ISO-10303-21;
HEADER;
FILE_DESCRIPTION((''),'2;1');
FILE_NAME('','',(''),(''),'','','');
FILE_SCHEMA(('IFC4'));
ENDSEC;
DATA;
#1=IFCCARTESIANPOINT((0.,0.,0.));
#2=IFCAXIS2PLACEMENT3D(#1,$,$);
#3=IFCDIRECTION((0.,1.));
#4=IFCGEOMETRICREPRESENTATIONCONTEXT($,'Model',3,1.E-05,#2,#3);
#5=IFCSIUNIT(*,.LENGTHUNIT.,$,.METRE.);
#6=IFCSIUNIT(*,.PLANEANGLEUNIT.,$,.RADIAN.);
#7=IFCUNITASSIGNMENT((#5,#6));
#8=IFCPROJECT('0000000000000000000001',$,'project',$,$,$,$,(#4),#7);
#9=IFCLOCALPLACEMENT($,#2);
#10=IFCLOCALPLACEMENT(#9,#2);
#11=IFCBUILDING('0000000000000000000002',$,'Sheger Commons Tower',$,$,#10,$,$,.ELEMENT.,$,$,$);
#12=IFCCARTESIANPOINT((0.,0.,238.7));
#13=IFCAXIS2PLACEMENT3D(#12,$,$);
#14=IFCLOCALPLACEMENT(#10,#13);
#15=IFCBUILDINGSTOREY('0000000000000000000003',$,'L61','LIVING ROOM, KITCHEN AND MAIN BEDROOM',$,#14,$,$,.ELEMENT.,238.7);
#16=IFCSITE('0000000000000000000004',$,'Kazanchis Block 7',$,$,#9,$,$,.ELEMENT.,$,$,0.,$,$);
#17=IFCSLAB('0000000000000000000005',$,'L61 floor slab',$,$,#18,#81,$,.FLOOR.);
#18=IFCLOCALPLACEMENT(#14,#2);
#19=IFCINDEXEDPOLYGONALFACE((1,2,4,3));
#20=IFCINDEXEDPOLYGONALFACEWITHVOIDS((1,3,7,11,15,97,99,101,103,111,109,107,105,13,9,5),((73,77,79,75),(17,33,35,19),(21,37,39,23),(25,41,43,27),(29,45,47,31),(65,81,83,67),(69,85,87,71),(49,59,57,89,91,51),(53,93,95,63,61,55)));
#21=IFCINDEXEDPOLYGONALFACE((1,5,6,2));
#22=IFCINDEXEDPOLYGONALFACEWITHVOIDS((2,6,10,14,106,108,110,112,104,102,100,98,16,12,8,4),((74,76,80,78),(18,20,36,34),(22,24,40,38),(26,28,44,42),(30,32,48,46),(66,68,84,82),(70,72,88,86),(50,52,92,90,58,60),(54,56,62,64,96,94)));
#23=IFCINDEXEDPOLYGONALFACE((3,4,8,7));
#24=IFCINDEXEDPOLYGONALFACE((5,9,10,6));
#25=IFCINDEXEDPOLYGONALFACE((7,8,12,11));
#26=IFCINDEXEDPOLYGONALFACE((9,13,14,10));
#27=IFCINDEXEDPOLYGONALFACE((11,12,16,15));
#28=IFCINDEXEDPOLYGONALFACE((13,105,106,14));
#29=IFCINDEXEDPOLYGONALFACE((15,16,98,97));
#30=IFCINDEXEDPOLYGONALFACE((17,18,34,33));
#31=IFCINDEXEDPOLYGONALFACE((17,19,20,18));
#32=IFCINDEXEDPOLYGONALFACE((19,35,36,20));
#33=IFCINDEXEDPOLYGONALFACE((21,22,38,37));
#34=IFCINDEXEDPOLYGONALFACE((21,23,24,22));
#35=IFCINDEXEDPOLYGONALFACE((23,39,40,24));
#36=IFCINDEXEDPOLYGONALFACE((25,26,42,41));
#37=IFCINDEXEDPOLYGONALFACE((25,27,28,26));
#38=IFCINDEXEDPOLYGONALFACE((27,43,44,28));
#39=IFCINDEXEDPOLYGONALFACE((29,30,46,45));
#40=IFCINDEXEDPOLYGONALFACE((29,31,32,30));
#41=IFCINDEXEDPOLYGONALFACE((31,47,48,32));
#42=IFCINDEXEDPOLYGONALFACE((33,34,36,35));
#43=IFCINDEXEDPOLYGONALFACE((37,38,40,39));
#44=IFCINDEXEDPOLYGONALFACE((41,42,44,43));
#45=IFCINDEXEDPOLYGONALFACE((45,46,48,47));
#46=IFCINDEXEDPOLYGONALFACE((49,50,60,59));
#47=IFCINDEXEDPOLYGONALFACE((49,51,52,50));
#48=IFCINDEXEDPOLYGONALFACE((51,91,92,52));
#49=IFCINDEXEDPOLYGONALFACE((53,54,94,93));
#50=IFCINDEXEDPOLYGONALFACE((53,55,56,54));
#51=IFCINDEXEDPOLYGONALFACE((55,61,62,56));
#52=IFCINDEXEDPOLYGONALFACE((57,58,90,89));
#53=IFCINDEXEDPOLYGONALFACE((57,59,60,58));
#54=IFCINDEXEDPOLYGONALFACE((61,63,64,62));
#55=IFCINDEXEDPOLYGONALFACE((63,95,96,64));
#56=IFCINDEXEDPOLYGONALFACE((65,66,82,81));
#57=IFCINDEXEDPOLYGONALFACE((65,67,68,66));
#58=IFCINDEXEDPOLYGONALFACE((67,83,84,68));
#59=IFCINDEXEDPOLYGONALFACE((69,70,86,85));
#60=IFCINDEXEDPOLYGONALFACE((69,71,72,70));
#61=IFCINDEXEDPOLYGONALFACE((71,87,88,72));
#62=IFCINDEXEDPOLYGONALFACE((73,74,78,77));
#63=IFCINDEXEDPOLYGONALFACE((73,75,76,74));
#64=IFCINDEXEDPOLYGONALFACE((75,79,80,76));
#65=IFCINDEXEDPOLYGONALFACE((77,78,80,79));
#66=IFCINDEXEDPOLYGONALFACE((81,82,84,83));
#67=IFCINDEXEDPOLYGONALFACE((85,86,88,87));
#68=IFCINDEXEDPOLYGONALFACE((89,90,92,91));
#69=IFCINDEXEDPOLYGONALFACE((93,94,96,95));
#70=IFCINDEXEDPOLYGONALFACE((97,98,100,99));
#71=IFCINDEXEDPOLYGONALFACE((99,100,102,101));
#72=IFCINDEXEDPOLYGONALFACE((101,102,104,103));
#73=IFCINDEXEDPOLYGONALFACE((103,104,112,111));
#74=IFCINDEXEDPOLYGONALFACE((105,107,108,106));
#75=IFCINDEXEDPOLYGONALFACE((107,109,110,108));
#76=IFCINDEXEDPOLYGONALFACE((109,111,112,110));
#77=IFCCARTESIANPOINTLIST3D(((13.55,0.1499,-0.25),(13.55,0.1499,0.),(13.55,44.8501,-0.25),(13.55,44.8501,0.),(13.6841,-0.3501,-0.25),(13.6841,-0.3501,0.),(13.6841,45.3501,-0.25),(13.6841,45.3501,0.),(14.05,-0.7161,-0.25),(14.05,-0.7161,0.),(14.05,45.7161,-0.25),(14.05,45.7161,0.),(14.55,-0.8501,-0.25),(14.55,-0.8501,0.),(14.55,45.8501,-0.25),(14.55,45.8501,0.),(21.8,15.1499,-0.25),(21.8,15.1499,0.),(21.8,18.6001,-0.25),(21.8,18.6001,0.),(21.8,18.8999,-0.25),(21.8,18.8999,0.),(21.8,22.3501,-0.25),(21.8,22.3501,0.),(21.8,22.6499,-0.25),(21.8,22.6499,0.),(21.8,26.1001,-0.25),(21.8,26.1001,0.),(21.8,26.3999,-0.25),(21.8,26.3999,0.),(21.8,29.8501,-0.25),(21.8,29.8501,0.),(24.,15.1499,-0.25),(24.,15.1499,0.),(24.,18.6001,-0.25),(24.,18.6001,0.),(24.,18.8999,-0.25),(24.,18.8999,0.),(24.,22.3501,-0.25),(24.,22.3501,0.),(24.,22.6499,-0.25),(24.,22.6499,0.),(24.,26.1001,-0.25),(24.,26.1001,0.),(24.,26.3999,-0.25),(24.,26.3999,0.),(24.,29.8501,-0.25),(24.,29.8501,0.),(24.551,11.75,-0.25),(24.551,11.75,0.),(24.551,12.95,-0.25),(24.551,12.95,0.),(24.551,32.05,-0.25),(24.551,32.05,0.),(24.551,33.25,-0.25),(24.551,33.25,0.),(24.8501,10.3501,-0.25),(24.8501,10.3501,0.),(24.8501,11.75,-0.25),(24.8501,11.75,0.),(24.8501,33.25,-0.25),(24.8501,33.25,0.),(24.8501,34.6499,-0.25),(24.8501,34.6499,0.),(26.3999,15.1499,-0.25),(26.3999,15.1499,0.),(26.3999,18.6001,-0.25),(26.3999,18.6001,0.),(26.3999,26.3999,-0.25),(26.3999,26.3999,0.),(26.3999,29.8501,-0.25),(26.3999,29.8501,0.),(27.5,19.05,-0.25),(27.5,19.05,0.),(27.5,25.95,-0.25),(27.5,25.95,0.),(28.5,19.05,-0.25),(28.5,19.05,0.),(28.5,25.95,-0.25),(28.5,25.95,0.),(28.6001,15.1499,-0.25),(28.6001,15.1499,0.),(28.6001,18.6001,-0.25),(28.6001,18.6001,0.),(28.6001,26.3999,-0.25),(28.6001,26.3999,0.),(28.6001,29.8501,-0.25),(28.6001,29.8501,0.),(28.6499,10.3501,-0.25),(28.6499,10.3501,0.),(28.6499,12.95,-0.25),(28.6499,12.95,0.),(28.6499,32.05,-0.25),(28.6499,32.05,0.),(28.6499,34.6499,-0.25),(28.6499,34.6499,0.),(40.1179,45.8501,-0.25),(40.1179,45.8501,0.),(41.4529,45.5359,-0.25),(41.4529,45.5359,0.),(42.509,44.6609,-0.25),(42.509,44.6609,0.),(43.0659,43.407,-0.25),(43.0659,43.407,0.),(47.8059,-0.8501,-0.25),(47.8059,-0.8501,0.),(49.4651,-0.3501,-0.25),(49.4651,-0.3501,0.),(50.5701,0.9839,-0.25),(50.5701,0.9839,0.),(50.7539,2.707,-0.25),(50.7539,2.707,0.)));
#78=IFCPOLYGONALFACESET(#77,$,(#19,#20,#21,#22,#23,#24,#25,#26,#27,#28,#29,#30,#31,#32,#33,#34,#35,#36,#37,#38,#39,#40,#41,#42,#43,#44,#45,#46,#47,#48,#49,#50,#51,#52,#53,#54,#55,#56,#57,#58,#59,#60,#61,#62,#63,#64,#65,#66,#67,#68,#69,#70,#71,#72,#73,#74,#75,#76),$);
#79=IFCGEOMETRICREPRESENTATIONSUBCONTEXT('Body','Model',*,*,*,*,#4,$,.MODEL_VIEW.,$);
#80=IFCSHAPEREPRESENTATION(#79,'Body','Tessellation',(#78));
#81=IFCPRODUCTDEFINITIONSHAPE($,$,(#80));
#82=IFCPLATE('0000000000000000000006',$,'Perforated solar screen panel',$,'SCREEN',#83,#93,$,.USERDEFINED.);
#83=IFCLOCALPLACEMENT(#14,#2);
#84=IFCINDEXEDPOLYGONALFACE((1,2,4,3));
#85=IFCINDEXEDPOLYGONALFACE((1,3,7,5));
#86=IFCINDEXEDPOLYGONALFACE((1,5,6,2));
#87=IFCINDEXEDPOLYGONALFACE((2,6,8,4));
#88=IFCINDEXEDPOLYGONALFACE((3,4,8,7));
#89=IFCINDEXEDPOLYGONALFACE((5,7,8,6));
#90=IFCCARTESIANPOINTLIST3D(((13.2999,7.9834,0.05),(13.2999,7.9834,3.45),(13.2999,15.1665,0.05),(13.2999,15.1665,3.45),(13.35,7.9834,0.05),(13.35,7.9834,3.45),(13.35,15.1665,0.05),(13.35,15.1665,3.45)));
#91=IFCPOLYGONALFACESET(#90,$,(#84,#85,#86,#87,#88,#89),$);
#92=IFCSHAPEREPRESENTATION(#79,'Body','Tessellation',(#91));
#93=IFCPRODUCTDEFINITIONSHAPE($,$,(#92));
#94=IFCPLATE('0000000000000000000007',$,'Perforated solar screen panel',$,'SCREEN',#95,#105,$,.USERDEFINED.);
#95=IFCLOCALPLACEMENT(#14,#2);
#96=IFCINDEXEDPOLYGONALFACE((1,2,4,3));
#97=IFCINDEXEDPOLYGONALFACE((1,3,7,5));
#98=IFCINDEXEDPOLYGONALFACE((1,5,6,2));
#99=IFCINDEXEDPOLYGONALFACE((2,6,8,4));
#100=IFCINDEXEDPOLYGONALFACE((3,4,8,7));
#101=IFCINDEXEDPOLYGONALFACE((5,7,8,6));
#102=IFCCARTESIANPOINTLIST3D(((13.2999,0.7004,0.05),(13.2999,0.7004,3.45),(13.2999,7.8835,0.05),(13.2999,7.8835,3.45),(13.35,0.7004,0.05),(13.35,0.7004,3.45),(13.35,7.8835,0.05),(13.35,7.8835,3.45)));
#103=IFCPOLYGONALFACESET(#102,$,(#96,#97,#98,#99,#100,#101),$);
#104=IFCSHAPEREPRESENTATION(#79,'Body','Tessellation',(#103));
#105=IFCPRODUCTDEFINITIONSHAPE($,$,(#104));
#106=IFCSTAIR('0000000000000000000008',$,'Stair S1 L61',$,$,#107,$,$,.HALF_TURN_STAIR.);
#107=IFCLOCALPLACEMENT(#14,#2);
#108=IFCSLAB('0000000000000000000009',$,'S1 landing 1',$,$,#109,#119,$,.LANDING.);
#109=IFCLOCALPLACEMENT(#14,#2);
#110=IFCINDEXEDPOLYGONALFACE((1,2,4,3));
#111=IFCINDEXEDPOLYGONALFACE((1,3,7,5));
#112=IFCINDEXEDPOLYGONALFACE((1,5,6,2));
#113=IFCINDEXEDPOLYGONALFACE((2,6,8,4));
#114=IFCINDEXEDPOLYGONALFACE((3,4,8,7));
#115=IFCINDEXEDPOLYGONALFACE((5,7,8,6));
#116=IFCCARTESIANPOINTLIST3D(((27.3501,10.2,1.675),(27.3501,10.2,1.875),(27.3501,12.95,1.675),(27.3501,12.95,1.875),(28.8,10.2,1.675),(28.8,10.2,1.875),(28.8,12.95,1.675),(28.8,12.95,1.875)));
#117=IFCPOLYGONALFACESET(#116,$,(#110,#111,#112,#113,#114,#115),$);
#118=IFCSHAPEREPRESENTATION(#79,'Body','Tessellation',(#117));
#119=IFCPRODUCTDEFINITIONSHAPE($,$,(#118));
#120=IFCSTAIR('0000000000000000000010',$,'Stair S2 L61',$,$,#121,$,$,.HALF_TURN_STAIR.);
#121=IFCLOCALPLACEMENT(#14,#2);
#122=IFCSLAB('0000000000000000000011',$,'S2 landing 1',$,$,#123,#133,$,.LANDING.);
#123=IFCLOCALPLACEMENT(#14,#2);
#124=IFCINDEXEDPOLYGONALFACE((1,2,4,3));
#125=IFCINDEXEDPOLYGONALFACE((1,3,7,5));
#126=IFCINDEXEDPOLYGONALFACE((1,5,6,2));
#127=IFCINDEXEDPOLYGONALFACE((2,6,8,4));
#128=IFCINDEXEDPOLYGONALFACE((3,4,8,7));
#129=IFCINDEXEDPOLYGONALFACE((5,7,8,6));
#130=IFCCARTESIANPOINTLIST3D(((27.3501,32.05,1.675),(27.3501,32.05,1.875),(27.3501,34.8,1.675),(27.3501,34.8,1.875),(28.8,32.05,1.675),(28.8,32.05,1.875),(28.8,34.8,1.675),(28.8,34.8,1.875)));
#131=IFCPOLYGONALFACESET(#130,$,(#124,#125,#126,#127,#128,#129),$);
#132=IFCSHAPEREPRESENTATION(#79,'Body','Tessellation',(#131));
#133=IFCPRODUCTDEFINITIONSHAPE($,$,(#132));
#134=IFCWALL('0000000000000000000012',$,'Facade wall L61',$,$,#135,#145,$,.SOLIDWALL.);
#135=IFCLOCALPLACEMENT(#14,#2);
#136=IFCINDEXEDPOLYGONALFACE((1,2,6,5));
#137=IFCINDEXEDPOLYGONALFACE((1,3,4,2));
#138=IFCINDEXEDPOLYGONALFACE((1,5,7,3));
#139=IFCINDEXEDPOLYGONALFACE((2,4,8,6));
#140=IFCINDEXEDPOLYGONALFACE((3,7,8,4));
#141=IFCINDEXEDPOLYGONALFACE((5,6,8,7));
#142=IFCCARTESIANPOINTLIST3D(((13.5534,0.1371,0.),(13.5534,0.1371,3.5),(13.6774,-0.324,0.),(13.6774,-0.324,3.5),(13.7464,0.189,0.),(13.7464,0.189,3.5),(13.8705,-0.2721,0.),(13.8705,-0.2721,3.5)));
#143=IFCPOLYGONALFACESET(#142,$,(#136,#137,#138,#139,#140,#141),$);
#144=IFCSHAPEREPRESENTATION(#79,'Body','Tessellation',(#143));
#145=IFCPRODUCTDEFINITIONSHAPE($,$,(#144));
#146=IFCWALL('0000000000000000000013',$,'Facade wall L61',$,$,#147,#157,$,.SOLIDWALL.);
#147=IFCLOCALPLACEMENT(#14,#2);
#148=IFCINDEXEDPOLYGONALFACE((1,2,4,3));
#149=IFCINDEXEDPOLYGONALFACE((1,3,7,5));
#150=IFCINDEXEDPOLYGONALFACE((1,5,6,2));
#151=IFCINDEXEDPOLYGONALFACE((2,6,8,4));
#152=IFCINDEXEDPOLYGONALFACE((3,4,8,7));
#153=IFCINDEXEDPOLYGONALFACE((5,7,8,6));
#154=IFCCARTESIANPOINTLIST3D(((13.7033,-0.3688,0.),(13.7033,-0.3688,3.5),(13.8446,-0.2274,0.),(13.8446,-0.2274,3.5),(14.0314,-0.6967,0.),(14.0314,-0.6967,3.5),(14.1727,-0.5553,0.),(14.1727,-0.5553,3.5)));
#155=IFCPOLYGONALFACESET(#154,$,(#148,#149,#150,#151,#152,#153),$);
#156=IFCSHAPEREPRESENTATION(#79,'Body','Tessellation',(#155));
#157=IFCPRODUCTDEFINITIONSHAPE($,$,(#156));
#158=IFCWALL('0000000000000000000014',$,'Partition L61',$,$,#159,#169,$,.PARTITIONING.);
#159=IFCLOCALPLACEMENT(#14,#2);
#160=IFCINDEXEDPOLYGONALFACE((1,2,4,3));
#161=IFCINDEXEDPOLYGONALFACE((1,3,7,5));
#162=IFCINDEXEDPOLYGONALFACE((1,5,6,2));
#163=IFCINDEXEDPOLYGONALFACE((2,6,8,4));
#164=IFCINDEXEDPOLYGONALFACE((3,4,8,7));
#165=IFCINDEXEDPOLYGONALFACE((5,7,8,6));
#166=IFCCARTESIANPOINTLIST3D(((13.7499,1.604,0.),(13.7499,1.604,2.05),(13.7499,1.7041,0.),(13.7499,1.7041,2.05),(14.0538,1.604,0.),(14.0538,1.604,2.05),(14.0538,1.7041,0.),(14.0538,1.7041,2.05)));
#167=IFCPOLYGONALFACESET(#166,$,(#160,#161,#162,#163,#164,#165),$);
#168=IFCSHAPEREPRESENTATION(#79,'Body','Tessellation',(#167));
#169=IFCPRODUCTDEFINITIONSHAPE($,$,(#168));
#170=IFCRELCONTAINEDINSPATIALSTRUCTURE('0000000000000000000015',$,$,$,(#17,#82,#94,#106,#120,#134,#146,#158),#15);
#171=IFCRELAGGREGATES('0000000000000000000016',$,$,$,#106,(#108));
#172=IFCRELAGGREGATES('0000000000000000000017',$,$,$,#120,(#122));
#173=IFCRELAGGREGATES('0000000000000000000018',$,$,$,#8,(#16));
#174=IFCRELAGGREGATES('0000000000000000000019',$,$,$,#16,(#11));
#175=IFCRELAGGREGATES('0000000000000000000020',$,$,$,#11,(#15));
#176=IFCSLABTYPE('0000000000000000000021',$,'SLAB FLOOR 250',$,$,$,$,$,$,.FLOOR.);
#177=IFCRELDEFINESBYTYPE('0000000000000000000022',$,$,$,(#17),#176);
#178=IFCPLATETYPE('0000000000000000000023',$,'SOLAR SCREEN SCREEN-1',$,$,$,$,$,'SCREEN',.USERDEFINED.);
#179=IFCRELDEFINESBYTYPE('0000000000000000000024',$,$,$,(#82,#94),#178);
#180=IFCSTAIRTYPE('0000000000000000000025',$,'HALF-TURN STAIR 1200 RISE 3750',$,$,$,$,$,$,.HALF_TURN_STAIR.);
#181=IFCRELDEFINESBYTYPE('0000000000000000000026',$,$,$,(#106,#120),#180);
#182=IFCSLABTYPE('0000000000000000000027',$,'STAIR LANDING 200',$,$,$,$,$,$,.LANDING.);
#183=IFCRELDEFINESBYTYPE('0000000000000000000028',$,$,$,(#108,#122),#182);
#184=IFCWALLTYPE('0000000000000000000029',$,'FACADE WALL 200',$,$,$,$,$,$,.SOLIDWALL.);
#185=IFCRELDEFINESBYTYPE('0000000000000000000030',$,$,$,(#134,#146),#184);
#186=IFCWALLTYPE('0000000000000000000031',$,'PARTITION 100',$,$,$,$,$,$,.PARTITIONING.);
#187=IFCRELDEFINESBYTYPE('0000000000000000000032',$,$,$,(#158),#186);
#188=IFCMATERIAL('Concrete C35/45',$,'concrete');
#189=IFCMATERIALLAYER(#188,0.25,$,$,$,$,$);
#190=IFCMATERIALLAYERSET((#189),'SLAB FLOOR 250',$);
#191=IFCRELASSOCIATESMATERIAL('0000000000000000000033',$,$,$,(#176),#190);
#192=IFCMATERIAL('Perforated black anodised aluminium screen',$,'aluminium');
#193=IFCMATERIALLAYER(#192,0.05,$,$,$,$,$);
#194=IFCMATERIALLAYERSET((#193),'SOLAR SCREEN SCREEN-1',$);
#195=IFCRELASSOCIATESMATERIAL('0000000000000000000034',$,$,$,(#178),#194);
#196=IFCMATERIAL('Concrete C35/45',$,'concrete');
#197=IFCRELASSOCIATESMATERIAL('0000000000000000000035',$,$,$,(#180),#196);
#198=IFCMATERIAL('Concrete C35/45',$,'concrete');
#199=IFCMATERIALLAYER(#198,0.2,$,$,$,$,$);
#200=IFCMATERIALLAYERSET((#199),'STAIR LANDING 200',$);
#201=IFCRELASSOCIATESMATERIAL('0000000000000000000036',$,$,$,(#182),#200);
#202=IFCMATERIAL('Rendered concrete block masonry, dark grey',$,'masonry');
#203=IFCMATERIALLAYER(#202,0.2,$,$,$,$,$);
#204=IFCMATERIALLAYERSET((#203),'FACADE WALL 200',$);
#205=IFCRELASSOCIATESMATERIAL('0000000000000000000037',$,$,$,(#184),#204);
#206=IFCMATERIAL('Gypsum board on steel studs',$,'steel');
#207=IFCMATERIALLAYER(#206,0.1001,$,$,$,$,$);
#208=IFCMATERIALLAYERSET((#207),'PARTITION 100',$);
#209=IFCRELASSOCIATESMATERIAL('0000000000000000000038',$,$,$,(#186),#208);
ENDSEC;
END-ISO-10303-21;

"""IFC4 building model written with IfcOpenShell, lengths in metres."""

from ifc_helpers import new_model, si_unit, direction, frame, frame_2d, origin, origin_2d, place, context, subcontext, project, spatial, polyline, rectangle, outline, extrude, material, layer, layer_set, type_object, element, aggregate, save


model = new_model("IFC4")

# Units and contexts
model_context = context("Model", 3, precision=1e-05, world=origin(), true_north=direction((0.0, 1.0)))
body_context = subcontext(model_context, "Body", "Model", "MODEL_VIEW")
ifc_project = project(units=[si_unit("LENGTHUNIT", "METRE"), si_unit("PLANEANGLEUNIT", "RADIAN")], contexts=[model_context])

# Site, building, storey
site_placement = place(None, origin())
site = spatial("IfcSite", under=ifc_project, at=site_placement, Name="Kazanchis Block 7", CompositionType="ELEMENT", RefElevation=0.0)
building_placement = place(site_placement, origin())
building = spatial("IfcBuilding", under=site, at=building_placement, Name="Sheger Commons Tower", CompositionType="ELEMENT")
storey_placement = place(building_placement, frame((0.0, 0.0, 238.7)))
storey = spatial("IfcBuildingStorey", under=building, at=storey_placement, Name="L61", Description="LIVING ROOM, KITCHEN AND MAIN BEDROOM", CompositionType="ELEMENT", Elevation=238.7)

# Slab
ifc_material_1 = material(Name="Concrete C35/45", Category="concrete")
ifc_layer_1 = layer(ifc_material_1, 0.25)
ifc_layer_set_1 = layer_set([ifc_layer_1], Name="SLAB FLOOR 250")
slab_type_1 = type_object("IfcSlabType", Name="SLAB FLOOR 250", PredefinedType="FLOOR", material=ifc_layer_set_1)
slab_1_placement = place(storey_placement, frame((0.0, 0.0, -0.25)))
element("IfcSlab", 1, at=slab_1_placement, inside=storey, type_object=slab_type_1, Name="L61 floor slab", PredefinedType="FLOOR", context=body_context, shape_type="SweptSolid", body=[
    extrude(outline(polyline([(13.55, 0.1499), (13.6841, -0.3501), (14.05, -0.7161), (14.55, -0.8501), (47.8059, -0.8501), (49.4651, -0.3501), (50.5701, 0.9839), (50.7539, 2.707), (43.0659, 43.407), (42.509, 44.6609), (41.4529, 45.5359), (40.1179, 45.8501), (14.55, 45.8501), (14.05, 45.7161), (13.6841, 45.3501), (13.55, 44.8501), (13.55, 0.1499)]), holes=[polyline([(24.8501, 10.3501), (28.6499, 10.3501), (28.6499, 12.95), (24.551, 12.95), (24.551, 11.75), (24.8501, 11.75), (24.8501, 10.3501)]), polyline([(24.551, 32.05), (28.6499, 32.05), (28.6499, 34.6499), (24.8501, 34.6499), (24.8501, 33.25), (24.551, 33.25), (24.551, 32.05)]), polyline([(26.3999, 15.1499), (28.6001, 15.1499), (28.6001, 18.6001), (26.3999, 18.6001), (26.3999, 15.1499)]), polyline([(26.3999, 26.3999), (28.6001, 26.3999), (28.6001, 29.8501), (26.3999, 29.8501), (26.3999, 26.3999)]), polyline([(21.8, 15.1499), (24.0, 15.1499), (24.0, 18.6001), (21.8, 18.6001), (21.8, 15.1499)]), polyline([(21.8, 18.8999), (24.0, 18.8999), (24.0, 22.3501), (21.8, 22.3501), (21.8, 18.8999)]), polyline([(21.8, 22.6499), (24.0, 22.6499), (24.0, 26.1001), (21.8, 26.1001), (21.8, 22.6499)]), polyline([(21.8, 26.3999), (24.0, 26.3999), (24.0, 29.8501), (21.8, 29.8501), (21.8, 26.3999)]), polyline([(27.5, 19.05), (28.5, 19.05), (28.5, 25.95), (27.5, 25.95), (27.5, 19.05)])]), origin(), (0.0, 0.0, 1.0), 0.25),
])

# Plates
ifc_material_2 = material(Name="Perforated black anodised aluminium screen", Category="aluminium")
ifc_layer_2 = layer(ifc_material_2, 0.05)
ifc_layer_set_2 = layer_set([ifc_layer_2], Name="SOLAR SCREEN SCREEN-1")
plate_type = type_object("IfcPlateType", Name="SOLAR SCREEN SCREEN-1", ElementType="SCREEN", PredefinedType="USERDEFINED", material=ifc_layer_set_2)
for number, where, z_axis, x_axis, name in (
    (2, (13.325, 11.575, 0.05), (0.0, 0.0, 1.0), (0.0, -1.0, 0.0), "Perforated solar screen panel"),
    (3, (13.325, 4.292, 0.05), (0.0, 0.0, 1.0), (0.0, -1.0, 0.0), "Perforated solar screen panel"),
):
    element("IfcPlate", number, at=place(storey_placement, frame(where, z_axis=z_axis, x_axis=x_axis)), inside=storey, type_object=plate_type, Name=name, ObjectType="SCREEN", PredefinedType="USERDEFINED", context=body_context, shape_type="SweptSolid", body=[
        extrude(rectangle(XDim=7.1831, YDim=0.05, at=origin_2d()), origin(), (0.0, 0.0, 1.0), 3.3999),
    ])

# Stairs, slabs
ifc_material_3 = material(Name="Concrete C35/45", Category="concrete")
stair_type = type_object("IfcStairType", Name="HALF-TURN STAIR 1200 RISE 3750", PredefinedType="HALF_TURN_STAIR", material=ifc_material_3)
stair_1_placement = place(storey_placement, origin())
stair_1 = element("IfcStair", 4, at=stair_1_placement, inside=storey, type_object=stair_type, Name="Stair S1 L61", PredefinedType="HALF_TURN_STAIR")
ifc_material_4 = material(Name="Concrete C35/45", Category="concrete")
ifc_layer_3 = layer(ifc_material_4, 0.2)
ifc_layer_set_3 = layer_set([ifc_layer_3], Name="STAIR LANDING 200")
slab_type_2 = type_object("IfcSlabType", Name="STAIR LANDING 200", PredefinedType="LANDING", material=ifc_layer_set_3)
slab_2_placement = place(storey_placement, frame((0.0, 0.0, 1.675)))
slab_2 = element("IfcSlab", 5, at=slab_2_placement, type_object=slab_type_2, Name="S1 landing 1", PredefinedType="LANDING", context=body_context, shape_type="SweptSolid", body=[
    extrude(outline(polyline([(27.3501, 10.2), (28.8, 10.2), (28.8, 12.95), (27.3501, 12.95), (27.3501, 10.2)])), origin(), (0.0, 0.0, 1.0), 0.2),
])
aggregate(stair_1, [slab_2])
stair_2_placement = place(storey_placement, origin())
stair_2 = element("IfcStair", 6, at=stair_2_placement, inside=storey, type_object=stair_type, Name="Stair S2 L61", PredefinedType="HALF_TURN_STAIR")
slab_3_placement = place(storey_placement, frame((0.0, 0.0, 1.675)))
slab_3 = element("IfcSlab", 7, at=slab_3_placement, type_object=slab_type_2, Name="S2 landing 1", PredefinedType="LANDING", context=body_context, shape_type="SweptSolid", body=[
    extrude(outline(polyline([(27.3501, 32.05), (28.8, 32.05), (28.8, 34.8), (27.3501, 34.8), (27.3501, 32.05)])), origin(), (0.0, 0.0, 1.0), 0.2),
])
aggregate(stair_2, [slab_3])

# Walls
ifc_material_5 = material(Name="Rendered concrete block masonry, dark grey", Category="masonry")
ifc_layer_4 = layer(ifc_material_5, 0.2)
ifc_layer_set_4 = layer_set([ifc_layer_4], Name="FACADE WALL 200")
wall_type_1 = type_object("IfcWallType", Name="FACADE WALL 200", PredefinedType="SOLIDWALL", material=ifc_layer_set_4)
wall_1_placement = place(storey_placement, frame((13.6499, 0.1631, 0.0), z_axis=(0.0, 0.0, 1.0), x_axis=(0.259698, -0.96569, 0.0)))
element("IfcWall", 8, at=wall_1_placement, inside=storey, type_object=wall_type_1, Name="Facade wall L61", PredefinedType="SOLIDWALL", context=body_context, shape_type="SweptSolid", body=[
    extrude(rectangle(XDim=0.4775, YDim=0.2, at=frame_2d((0.2388, 0.0))), origin(), (0.0, 0.0, 1.0), 3.5),
])
wall_2_placement = place(storey_placement, frame((13.7739, -0.2981, 0.0), z_axis=(0.0, 0.0, 1.0), x_axis=(0.70737, -0.706844, 0.0)))
element("IfcWall", 9, at=wall_2_placement, inside=storey, type_object=wall_type_1, Name="Facade wall L61", PredefinedType="SOLIDWALL", context=body_context, shape_type="SweptSolid", body=[
    extrude(rectangle(XDim=0.4639, YDim=0.2, at=frame_2d((0.2319, 0.0))), origin(), (0.0, 0.0, 1.0), 3.5),
])
ifc_material_6 = material(Name="Gypsum board on steel studs", Category="steel")
ifc_layer_5 = layer(ifc_material_6, 0.1001)
ifc_layer_set_5 = layer_set([ifc_layer_5], Name="PARTITION 100")
wall_type_2 = type_object("IfcWallType", Name="PARTITION 100", PredefinedType="PARTITIONING", material=ifc_layer_set_5)
wall_3_placement = place(storey_placement, frame((13.75, 1.6541, 0.0), z_axis=(0.0, 0.0, 1.0), x_axis=(1.0, 0.0, 0.0)))
element("IfcWall", 10, at=wall_3_placement, inside=storey, type_object=wall_type_2, Name="Partition L61", PredefinedType="PARTITIONING", context=body_context, shape_type="SweptSolid", body=[
    extrude(rectangle(XDim=0.304, YDim=0.1001, at=frame_2d((0.1519, 0.0))), origin(), (0.0, 0.0, 1.0), 2.05),
])

save(model, "model.ifc")
